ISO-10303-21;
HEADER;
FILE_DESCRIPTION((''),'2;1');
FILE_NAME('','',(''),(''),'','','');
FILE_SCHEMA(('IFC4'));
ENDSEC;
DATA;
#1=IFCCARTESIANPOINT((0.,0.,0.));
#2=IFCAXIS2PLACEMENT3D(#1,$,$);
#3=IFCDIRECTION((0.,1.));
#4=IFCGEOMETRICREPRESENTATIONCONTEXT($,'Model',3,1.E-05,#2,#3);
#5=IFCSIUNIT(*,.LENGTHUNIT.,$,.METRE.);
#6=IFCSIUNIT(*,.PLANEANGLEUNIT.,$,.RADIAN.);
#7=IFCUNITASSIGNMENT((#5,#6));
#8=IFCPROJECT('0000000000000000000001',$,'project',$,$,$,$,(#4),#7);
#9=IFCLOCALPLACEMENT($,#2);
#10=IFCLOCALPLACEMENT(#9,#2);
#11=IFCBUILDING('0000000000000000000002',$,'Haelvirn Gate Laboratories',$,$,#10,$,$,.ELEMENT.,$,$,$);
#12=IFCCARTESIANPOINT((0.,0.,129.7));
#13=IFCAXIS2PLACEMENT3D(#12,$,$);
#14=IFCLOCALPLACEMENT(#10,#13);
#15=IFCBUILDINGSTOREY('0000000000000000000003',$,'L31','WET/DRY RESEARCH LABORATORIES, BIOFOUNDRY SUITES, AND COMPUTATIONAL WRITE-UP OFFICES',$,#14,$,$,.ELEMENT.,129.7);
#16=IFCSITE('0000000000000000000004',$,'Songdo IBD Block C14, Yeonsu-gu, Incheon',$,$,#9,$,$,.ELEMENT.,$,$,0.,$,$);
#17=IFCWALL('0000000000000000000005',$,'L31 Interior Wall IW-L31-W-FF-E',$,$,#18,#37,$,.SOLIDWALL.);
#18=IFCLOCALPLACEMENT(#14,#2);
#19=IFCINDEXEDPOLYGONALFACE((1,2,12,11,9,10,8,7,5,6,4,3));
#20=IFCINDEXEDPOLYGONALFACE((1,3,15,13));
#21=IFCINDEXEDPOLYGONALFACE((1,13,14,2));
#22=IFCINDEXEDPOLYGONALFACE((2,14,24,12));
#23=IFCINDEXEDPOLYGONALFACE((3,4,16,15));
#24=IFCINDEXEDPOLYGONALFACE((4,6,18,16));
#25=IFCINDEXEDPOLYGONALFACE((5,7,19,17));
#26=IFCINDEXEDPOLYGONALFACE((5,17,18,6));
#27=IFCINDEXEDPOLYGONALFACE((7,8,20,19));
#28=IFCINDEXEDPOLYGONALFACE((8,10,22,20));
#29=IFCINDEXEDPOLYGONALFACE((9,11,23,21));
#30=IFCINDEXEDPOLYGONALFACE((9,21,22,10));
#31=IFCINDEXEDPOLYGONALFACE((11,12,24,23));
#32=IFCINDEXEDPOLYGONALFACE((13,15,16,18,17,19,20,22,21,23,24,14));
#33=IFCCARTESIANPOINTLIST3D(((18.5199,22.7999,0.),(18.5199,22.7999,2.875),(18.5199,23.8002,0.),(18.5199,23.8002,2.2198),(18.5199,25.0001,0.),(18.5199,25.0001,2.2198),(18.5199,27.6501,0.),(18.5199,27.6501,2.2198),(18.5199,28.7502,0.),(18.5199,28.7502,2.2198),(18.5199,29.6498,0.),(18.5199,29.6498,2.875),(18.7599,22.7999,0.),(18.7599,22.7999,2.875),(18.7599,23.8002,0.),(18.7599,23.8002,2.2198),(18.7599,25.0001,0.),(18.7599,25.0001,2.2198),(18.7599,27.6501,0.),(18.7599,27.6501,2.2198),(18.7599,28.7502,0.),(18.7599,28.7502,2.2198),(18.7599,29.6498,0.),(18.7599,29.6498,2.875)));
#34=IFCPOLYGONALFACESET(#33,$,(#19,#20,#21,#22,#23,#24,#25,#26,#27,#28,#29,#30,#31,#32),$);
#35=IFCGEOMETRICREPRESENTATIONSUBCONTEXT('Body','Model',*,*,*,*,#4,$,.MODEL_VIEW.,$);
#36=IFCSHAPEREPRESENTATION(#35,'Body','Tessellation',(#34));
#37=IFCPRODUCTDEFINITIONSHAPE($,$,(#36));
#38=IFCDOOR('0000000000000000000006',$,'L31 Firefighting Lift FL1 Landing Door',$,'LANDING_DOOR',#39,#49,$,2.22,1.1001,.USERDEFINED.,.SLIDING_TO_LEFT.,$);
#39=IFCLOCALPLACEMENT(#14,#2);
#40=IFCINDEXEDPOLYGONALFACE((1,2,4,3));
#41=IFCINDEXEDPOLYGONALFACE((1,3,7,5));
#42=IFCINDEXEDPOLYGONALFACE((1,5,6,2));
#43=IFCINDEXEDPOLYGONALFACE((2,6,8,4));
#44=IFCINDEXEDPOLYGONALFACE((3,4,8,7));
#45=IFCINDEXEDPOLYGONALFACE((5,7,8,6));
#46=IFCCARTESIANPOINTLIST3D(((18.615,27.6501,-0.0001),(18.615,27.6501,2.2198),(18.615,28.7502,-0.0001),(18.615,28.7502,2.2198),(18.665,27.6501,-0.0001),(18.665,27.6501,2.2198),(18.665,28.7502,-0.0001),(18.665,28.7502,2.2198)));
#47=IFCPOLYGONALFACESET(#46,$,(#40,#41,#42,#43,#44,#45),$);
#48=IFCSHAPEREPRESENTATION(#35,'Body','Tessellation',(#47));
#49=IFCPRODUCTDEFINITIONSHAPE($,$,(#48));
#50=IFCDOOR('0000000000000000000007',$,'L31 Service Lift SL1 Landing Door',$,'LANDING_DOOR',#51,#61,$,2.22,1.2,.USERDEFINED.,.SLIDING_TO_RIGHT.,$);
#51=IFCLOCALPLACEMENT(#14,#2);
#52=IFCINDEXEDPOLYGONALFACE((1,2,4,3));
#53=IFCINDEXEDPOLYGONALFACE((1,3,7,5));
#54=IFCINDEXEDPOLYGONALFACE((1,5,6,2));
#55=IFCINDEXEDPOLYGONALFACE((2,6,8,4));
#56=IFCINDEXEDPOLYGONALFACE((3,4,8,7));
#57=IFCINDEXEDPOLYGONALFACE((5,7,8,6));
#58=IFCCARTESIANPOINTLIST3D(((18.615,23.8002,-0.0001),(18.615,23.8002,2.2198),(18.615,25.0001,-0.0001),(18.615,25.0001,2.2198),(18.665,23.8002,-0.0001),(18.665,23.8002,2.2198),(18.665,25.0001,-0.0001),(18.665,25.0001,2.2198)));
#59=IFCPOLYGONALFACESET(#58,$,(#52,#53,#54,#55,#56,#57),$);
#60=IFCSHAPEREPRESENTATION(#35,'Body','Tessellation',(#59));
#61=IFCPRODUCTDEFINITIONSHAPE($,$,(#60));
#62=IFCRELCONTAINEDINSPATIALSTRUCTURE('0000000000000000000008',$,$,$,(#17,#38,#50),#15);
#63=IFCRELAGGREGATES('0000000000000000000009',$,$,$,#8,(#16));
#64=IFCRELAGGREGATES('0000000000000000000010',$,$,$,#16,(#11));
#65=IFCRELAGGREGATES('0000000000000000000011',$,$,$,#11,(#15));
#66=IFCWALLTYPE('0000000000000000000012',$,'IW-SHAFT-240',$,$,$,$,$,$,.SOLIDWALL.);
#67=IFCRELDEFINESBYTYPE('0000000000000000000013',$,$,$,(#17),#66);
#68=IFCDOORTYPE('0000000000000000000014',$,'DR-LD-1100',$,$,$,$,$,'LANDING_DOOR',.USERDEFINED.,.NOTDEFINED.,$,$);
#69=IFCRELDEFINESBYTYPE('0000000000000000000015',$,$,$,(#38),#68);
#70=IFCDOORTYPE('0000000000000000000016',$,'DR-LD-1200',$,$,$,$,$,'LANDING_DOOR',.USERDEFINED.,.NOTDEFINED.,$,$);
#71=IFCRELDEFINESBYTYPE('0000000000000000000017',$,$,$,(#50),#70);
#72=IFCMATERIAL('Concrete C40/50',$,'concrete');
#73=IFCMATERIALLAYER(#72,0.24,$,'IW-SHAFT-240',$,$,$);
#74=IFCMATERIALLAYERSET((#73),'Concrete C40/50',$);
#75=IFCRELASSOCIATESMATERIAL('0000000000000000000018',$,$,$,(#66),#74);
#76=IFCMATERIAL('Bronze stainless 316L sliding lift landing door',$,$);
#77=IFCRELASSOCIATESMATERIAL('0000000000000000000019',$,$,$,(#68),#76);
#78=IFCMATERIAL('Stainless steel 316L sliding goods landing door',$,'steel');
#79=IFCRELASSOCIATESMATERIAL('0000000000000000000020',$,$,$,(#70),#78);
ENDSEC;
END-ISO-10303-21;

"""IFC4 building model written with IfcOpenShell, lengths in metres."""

from ifc_helpers import new_model, si_unit, direction, frame, frame_2d, origin, place, context, subcontext, project, spatial, rectangle, extrude, source, transform, mapped, material, layer, layer_set, type_object, type_shapes, element, fill, save


model = new_model("IFC4")

# Units and contexts
model_context = context("Model", 3, precision=1e-05, world=origin(), true_north=direction((0.0, 1.0)))
body_context = subcontext(model_context, "Body", "Model", "MODEL_VIEW")
ifc_project = project(units=[si_unit("LENGTHUNIT", "METRE"), si_unit("PLANEANGLEUNIT", "RADIAN")], contexts=[model_context])

# Site, building, storey
site_placement = place(None, origin())
site = spatial("IfcSite", under=ifc_project, at=site_placement, Name="Songdo IBD Block C14, Yeonsu-gu, Incheon", CompositionType="ELEMENT", RefElevation=0.0)
building_placement = place(site_placement, origin())
building = spatial("IfcBuilding", under=site, at=building_placement, Name="Haelvirn Gate Laboratories", CompositionType="ELEMENT")
storey_placement = place(building_placement, frame((0.0, 0.0, 129.7)))
storey = spatial("IfcBuildingStorey", under=building, at=storey_placement, Name="L31", Description="WET/DRY RESEARCH LABORATORIES, BIOFOUNDRY SUITES, AND COMPUTATIONAL WRITE-UP OFFICES", CompositionType="ELEMENT", Elevation=129.7)

# Shared definitions
ifc_material_1 = material(Name="Concrete C40/50", Category="concrete")

# Shared definitions
ifc_layer_1 = layer(ifc_material_1, 0.24, Name="IW-SHAFT-240")
ifc_layer_set_1 = layer_set([ifc_layer_1], Name="Concrete C40/50")
wall_type_1 = type_object("IfcWallType", Name="IW-SHAFT-240", PredefinedType="SOLIDWALL", material=ifc_layer_set_1)

# Wall, openings, doors
wall_1_placement = place(storey_placement, frame((18.6399, 22.8, 0.0), z_axis=(0.0, 0.0, 1.0), x_axis=(0.0, 1.0, 0.0)))
wall_1 = element("IfcWall", 1, at=wall_1_placement, inside=storey, type_object=wall_type_1, Name="L31 Interior Wall IW-L31-W-FF-E", PredefinedType="SOLIDWALL", context=body_context, shape_type="SweptSolid", body=[
    extrude(rectangle(XDim=6.8499, YDim=0.24, at=frame_2d((3.4248, 0.0))), origin(), (0.0, 0.0, 1.0), 2.875),
])
opening_1_placement = place(wall_1_placement, frame((4.8501, 0.0, 0.0)))
opening_1 = element("IfcOpeningElement", 2, at=opening_1_placement, cuts=wall_1, PredefinedType="OPENING", context=body_context, shape_type="SweptSolid", body=[
    extrude(rectangle(XDim=1.1001, YDim=2.22, at=frame_2d((0.55, 1.1099))), frame((0.0, 0.1299, 0.0), z_axis=(0.0, -1.0, 0.0), x_axis=(1.0, 0.0, 0.0)), (0.0, 0.0, 1.0), 0.26),
])
opening_2_placement = place(wall_1_placement, frame((1.0, 0.0, 0.0)))
opening_2 = element("IfcOpeningElement", 3, at=opening_2_placement, cuts=wall_1, PredefinedType="OPENING", context=body_context, shape_type="SweptSolid", body=[
    extrude(rectangle(XDim=1.2, YDim=2.22, at=frame_2d((0.6001, 1.1099))), frame((0.0, 0.1299, 0.0), z_axis=(0.0, -1.0, 0.0), x_axis=(1.0, 0.0, 0.0)), (0.0, 0.0, 1.0), 0.26),
])
ifc_material_2 = material(Name="Bronze stainless 316L sliding lift landing door")
door_type_1 = type_object("IfcDoorType", Name="DR-LD-1100", ElementType="LANDING_DOOR", OperationType="NOTDEFINED", PredefinedType="USERDEFINED", material=ifc_material_2)
shared_shape_1 = source(origin(), body_context, "Body", "SweptSolid", [
    extrude(rectangle(XDim=1.1001, YDim=2.22, at=frame_2d((0.55, 1.1099))), frame((0.0, 0.0249, 0.0), z_axis=(0.0, -1.0, 0.0), x_axis=(1.0, 0.0, 0.0)), (0.0, 0.0, 1.0), 0.05),
])
type_shapes(door_type_1, [shared_shape_1])
door_1_placement = place(opening_1_placement, origin())
door_1 = element("IfcDoor", 4, at=door_1_placement, inside=storey, type_object=door_type_1, Name="L31 Firefighting Lift FL1 Landing Door", ObjectType="LANDING_DOOR", OperationType="SLIDING_TO_LEFT", OverallHeight=2.22, OverallWidth=1.1001, PredefinedType="USERDEFINED", context=body_context, shape_type="MappedRepresentation", body=[
    mapped(shared_shape_1, transform((0.0, 0.0, 0.0), scale=1.0)),
])
fill(opening_1, door_1)
ifc_material_3 = material(Name="Stainless steel 316L sliding goods landing door", Category="steel")
door_type_2 = type_object("IfcDoorType", Name="DR-LD-1200", ElementType="LANDING_DOOR", OperationType="NOTDEFINED", PredefinedType="USERDEFINED", material=ifc_material_3)
shared_shape_2 = source(origin(), body_context, "Body", "SweptSolid", [
    extrude(rectangle(XDim=1.2, YDim=2.22, at=frame_2d((0.6001, 1.1099))), frame((0.0, 0.0249, 0.0), z_axis=(0.0, -1.0, 0.0), x_axis=(1.0, 0.0, 0.0)), (0.0, 0.0, 1.0), 0.05),
])
type_shapes(door_type_2, [shared_shape_2])
door_2_placement = place(opening_2_placement, origin())
door_2 = element("IfcDoor", 5, at=door_2_placement, inside=storey, type_object=door_type_2, Name="L31 Service Lift SL1 Landing Door", ObjectType="LANDING_DOOR", OperationType="SLIDING_TO_RIGHT", OverallHeight=2.22, OverallWidth=1.2, PredefinedType="USERDEFINED", context=body_context, shape_type="MappedRepresentation", body=[
    mapped(shared_shape_2, transform((0.0, 0.0, 0.0), scale=1.0)),
])
fill(opening_2, door_2)

save(model, "model.ifc")
